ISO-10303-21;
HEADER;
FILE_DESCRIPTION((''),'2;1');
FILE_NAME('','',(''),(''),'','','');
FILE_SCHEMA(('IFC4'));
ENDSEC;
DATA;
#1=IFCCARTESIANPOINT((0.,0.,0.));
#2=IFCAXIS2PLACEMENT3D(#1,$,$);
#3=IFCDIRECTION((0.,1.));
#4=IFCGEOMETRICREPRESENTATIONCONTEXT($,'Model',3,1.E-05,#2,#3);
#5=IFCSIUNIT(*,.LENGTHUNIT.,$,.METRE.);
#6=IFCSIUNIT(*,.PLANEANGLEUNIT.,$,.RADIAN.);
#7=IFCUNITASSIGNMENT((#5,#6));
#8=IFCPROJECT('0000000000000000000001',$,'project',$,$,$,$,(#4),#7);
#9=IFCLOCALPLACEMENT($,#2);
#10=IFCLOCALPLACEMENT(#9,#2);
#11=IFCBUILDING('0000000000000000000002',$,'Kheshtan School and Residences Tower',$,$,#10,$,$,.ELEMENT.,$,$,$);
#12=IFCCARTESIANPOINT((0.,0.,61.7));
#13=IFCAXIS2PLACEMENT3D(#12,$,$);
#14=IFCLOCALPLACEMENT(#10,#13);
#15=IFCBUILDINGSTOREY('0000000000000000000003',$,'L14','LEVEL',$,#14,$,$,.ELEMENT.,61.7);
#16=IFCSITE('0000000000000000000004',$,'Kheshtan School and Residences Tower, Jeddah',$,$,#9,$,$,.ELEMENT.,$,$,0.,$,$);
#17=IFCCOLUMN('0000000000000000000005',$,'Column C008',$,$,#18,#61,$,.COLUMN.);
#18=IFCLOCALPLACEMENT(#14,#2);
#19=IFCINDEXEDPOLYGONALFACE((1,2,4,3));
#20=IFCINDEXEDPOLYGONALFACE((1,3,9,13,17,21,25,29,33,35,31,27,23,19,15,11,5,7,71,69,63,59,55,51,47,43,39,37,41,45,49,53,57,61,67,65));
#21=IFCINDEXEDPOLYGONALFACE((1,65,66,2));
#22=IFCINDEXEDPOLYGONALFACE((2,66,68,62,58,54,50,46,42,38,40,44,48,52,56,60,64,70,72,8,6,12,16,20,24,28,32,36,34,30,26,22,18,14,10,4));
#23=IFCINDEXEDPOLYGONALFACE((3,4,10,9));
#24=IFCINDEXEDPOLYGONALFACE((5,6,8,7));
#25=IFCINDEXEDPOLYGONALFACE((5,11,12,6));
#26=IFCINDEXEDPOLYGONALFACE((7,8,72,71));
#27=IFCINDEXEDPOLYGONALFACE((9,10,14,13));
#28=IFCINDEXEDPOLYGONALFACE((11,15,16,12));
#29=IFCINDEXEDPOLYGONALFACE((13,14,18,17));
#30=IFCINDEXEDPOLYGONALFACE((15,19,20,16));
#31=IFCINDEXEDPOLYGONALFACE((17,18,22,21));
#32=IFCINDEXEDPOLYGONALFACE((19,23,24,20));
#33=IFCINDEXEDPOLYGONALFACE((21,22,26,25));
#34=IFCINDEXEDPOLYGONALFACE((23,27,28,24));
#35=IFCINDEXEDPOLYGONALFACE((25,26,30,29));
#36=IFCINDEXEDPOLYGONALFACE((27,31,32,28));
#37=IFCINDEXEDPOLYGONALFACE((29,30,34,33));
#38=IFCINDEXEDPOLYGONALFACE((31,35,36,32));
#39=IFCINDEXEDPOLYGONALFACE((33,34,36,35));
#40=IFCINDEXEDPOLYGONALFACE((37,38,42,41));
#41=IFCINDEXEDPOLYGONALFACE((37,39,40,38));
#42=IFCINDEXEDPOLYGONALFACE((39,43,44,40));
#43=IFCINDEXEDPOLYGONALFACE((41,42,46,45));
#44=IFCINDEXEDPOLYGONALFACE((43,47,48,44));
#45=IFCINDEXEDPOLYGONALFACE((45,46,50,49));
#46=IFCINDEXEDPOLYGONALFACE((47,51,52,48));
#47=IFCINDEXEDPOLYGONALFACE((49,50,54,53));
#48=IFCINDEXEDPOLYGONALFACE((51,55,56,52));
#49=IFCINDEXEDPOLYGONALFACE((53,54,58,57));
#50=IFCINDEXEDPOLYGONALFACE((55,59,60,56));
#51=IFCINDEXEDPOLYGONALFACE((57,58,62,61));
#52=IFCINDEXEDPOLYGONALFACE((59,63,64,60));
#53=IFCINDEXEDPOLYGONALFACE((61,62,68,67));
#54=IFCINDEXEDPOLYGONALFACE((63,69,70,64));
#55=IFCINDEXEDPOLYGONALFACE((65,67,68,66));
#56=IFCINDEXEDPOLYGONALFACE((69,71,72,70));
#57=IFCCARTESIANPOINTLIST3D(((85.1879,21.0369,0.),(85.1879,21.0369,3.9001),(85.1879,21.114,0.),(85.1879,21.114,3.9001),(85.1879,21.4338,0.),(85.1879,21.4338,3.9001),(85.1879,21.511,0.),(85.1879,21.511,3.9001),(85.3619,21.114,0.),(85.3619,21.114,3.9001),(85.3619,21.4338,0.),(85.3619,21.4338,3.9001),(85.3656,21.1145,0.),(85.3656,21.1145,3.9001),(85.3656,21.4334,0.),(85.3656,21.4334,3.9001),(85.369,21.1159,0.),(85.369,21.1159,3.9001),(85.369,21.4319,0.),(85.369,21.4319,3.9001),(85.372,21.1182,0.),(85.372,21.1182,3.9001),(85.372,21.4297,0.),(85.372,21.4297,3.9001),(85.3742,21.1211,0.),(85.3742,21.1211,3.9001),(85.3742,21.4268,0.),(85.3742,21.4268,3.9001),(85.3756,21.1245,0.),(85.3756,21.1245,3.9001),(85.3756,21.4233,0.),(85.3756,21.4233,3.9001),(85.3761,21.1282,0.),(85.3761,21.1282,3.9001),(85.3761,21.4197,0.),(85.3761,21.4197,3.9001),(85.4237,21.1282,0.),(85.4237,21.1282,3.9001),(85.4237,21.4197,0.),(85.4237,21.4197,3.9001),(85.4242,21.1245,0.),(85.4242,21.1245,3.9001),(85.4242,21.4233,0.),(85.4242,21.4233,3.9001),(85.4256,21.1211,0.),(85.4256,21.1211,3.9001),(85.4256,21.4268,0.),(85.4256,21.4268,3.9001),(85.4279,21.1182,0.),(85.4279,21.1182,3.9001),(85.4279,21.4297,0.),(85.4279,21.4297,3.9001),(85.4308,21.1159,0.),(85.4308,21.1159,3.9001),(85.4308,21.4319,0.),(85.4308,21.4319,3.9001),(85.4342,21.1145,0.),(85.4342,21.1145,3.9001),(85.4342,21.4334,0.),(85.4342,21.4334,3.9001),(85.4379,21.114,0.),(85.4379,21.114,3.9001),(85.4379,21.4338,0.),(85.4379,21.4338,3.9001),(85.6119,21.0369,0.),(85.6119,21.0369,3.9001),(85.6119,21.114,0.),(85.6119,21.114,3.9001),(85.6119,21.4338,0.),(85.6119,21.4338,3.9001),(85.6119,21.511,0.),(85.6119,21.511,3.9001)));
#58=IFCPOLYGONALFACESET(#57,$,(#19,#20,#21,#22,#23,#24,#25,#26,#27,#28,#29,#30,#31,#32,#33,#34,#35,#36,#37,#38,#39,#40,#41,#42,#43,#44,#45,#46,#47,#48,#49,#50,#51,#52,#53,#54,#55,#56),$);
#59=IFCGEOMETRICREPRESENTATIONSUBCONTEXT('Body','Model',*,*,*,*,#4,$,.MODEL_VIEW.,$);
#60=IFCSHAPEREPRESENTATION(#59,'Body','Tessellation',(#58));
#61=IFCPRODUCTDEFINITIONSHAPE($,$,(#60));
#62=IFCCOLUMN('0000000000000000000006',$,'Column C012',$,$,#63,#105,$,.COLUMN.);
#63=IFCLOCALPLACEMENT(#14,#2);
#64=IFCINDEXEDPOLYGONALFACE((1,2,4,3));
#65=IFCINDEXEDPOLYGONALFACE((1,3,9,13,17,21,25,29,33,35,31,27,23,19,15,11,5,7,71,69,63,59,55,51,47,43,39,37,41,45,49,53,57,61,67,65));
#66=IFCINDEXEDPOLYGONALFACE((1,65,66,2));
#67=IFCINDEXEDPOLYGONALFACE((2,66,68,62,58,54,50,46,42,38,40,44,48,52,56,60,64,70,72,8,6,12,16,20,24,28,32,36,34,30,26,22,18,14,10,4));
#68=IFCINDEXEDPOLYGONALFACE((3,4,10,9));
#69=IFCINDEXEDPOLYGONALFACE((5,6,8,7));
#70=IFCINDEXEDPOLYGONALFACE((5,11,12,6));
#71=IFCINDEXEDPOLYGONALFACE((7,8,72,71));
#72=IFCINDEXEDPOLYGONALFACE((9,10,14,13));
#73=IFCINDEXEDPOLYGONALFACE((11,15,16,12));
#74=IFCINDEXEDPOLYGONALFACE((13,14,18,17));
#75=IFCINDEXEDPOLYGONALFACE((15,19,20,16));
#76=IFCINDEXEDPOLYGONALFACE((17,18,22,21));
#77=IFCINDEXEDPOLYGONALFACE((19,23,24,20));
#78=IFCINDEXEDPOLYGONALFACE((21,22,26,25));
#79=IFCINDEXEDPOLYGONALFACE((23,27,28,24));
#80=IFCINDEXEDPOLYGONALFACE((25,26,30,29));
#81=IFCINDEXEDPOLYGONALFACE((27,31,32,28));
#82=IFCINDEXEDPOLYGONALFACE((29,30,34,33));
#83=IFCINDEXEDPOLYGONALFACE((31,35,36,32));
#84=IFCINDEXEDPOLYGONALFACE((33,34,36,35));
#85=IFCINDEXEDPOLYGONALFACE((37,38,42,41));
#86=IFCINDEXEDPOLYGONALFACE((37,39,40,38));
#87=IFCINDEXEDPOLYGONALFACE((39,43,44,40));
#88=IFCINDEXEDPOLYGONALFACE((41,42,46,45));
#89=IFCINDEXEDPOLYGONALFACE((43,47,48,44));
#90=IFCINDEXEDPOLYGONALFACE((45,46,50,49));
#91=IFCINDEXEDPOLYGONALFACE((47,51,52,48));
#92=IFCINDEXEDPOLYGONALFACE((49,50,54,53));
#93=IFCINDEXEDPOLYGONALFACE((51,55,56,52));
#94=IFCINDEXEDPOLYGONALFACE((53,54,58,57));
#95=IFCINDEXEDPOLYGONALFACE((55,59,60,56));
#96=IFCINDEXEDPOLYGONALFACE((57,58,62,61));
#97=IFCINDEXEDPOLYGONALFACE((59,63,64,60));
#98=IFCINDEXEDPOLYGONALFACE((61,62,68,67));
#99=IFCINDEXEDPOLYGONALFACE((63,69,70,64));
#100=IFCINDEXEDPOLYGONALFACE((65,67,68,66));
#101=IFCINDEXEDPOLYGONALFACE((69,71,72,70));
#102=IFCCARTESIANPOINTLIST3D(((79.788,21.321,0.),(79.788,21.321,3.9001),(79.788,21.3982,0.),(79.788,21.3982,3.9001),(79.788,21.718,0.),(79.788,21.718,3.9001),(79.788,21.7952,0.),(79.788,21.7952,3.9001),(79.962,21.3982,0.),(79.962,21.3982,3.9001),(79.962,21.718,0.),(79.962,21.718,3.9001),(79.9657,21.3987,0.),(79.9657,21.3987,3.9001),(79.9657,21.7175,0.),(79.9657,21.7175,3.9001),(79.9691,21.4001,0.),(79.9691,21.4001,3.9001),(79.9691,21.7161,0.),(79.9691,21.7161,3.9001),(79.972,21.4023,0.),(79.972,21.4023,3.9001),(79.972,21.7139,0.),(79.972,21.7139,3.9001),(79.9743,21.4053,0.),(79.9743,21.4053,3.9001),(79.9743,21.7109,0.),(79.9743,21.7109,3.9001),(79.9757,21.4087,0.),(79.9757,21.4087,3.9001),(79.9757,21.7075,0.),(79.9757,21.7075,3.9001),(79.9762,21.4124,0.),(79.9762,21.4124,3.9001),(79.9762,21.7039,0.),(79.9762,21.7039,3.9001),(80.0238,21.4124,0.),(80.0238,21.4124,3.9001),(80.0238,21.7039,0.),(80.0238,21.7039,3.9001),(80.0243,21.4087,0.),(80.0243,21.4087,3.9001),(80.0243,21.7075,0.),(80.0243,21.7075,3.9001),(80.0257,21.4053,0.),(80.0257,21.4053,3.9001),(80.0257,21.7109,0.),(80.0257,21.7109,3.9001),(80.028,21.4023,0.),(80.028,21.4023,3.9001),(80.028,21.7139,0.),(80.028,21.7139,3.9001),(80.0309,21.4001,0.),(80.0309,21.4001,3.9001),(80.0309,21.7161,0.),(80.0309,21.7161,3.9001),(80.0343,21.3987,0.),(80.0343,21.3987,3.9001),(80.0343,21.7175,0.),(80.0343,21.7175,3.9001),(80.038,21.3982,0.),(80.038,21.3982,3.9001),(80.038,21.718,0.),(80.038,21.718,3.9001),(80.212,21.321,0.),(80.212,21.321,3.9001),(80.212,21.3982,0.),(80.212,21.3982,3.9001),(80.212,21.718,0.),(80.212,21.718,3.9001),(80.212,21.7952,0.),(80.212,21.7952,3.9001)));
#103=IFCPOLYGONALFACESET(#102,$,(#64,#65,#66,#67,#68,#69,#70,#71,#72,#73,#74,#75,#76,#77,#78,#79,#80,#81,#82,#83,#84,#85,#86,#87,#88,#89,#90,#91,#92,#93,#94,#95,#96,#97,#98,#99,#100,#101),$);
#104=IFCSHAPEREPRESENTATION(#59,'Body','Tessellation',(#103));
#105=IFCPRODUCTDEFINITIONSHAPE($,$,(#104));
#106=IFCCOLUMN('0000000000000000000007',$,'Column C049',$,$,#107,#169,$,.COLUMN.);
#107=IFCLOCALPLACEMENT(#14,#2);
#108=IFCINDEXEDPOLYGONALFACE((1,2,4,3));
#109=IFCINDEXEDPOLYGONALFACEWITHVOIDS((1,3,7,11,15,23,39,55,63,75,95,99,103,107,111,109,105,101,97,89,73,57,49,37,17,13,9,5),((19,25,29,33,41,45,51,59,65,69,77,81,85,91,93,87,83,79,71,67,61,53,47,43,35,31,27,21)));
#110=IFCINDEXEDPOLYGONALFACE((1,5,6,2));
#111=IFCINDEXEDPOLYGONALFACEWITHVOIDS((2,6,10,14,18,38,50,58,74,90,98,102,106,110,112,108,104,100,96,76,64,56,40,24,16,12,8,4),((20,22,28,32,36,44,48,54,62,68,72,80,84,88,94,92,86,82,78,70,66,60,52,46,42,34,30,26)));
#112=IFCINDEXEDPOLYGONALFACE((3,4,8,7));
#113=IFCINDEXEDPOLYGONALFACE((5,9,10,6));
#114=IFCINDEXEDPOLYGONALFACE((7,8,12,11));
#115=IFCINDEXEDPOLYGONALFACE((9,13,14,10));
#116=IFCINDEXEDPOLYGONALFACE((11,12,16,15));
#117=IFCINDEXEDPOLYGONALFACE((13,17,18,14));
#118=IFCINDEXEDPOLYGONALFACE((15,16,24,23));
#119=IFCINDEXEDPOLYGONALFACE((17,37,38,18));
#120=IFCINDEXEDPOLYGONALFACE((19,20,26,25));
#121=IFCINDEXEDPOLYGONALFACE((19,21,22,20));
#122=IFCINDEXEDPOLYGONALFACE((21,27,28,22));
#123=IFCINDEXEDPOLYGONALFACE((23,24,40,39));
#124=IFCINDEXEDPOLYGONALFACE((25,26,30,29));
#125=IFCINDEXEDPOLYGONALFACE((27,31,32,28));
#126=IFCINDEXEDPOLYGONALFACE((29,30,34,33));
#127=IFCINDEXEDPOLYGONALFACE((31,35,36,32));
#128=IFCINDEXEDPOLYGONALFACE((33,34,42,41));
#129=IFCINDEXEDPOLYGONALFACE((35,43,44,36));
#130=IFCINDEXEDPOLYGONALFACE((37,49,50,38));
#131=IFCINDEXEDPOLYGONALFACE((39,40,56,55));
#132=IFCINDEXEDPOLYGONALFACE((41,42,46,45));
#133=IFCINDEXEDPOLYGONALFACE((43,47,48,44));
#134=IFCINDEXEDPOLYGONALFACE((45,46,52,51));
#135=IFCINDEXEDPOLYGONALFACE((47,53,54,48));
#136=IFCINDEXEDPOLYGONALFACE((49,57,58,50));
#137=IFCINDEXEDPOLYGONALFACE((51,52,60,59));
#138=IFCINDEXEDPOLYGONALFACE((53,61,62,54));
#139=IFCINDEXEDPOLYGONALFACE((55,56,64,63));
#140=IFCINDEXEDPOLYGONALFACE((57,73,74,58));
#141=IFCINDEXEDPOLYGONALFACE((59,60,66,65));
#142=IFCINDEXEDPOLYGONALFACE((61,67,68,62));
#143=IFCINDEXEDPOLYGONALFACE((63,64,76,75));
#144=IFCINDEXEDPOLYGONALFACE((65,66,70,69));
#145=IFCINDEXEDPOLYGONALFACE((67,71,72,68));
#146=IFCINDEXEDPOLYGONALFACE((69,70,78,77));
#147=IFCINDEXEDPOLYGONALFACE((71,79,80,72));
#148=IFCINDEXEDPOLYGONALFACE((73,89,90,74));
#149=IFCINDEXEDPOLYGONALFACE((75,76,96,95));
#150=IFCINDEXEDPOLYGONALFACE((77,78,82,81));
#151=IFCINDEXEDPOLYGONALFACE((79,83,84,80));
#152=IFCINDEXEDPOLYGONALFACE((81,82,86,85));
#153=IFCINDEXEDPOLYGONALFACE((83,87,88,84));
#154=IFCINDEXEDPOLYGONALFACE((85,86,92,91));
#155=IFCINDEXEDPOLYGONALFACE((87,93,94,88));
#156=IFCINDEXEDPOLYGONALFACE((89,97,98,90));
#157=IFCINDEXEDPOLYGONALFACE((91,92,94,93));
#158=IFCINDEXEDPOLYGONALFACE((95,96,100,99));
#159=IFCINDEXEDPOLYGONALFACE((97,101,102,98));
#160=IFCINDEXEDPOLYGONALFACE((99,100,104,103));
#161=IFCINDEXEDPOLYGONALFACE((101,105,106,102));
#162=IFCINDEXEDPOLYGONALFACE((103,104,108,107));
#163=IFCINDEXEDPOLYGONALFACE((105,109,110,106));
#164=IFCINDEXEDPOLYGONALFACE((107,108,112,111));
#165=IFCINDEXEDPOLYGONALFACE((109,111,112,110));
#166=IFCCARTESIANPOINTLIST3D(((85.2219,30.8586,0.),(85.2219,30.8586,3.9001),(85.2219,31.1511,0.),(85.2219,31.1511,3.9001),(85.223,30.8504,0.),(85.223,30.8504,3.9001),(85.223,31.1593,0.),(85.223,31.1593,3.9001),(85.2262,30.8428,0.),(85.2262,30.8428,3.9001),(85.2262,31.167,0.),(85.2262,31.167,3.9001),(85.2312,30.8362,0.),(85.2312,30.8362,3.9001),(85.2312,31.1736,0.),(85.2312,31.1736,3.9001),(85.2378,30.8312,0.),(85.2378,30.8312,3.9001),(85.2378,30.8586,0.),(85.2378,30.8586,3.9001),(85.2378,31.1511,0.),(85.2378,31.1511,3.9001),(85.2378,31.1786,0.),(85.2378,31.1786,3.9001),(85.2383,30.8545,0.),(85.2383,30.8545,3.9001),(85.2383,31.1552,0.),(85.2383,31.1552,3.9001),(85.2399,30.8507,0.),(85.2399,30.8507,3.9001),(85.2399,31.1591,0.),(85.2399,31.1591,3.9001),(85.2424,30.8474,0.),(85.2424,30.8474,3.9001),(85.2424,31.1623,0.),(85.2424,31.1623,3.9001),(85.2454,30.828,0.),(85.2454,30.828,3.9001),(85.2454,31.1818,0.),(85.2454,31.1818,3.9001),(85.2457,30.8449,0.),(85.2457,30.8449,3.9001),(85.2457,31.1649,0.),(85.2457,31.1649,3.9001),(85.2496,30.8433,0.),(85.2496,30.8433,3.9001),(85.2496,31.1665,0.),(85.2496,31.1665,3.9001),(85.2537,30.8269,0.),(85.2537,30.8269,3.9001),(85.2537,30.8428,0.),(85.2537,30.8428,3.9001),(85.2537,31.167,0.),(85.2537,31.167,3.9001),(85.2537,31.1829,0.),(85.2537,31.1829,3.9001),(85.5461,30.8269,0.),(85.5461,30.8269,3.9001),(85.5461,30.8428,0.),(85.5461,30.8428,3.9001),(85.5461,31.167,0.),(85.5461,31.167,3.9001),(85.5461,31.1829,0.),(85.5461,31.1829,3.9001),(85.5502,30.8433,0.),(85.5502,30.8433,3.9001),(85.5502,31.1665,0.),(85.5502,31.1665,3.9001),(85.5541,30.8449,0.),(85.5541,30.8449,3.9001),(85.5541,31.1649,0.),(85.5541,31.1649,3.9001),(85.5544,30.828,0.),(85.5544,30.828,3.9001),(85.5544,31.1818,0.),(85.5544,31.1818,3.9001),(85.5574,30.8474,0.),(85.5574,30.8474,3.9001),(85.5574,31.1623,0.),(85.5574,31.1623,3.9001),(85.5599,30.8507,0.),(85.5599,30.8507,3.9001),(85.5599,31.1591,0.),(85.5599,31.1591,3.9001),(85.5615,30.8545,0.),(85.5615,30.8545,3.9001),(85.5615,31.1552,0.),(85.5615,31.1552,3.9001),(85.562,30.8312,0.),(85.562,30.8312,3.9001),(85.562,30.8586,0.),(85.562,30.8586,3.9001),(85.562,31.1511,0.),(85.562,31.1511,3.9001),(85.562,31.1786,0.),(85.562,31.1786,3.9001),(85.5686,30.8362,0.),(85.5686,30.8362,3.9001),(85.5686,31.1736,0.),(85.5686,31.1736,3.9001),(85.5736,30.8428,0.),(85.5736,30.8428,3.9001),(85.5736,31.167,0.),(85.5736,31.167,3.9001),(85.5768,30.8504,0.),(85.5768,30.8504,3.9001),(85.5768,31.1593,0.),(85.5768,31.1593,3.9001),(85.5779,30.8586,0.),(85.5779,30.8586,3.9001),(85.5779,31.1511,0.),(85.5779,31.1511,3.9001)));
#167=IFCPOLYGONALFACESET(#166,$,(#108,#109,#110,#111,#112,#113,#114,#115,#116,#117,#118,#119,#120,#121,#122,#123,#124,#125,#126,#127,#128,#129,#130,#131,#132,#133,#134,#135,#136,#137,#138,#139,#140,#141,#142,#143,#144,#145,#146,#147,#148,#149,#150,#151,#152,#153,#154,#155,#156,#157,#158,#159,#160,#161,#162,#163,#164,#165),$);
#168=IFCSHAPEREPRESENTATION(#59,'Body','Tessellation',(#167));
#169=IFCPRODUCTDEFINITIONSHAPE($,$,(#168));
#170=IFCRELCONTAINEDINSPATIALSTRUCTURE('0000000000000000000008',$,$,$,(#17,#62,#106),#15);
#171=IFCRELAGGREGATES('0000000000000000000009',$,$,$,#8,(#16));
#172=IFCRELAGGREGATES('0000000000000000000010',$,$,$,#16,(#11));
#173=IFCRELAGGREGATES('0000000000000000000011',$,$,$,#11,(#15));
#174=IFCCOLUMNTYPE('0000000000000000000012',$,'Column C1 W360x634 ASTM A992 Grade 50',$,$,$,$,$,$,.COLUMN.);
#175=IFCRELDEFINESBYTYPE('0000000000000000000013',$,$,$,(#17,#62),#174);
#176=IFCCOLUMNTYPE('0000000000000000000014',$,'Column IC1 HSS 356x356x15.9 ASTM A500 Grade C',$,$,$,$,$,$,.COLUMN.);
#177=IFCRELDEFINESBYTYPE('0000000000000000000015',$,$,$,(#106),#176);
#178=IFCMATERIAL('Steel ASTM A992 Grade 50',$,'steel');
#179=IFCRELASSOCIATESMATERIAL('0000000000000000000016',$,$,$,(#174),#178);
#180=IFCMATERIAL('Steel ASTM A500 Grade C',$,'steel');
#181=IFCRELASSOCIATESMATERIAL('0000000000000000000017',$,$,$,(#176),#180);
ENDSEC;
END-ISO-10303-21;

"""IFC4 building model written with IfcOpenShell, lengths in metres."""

from ifc_helpers import new_model, si_unit, direction, frame, origin, origin_2d, place, context, subcontext, project, spatial, hollow_rectangle, i_section, extrude, material, material_profile, profile_set, type_object, element, save


model = new_model("IFC4")

# Units and contexts
model_context = context("Model", 3, precision=1e-05, world=origin(), true_north=direction((0.0, 1.0)))
body_context = subcontext(model_context, "Body", "Model", "MODEL_VIEW")
ifc_project = project(units=[si_unit("LENGTHUNIT", "METRE"), si_unit("PLANEANGLEUNIT", "RADIAN")], contexts=[model_context])

# Site, building, storey
site_placement = place(None, origin())
site = spatial("IfcSite", under=ifc_project, at=site_placement, Name="Kheshtan School and Residences Tower, Jeddah", CompositionType="ELEMENT", RefElevation=0.0)
building_placement = place(site_placement, origin())
building = spatial("IfcBuilding", under=site, at=building_placement, Name="Kheshtan School and Residences Tower", CompositionType="ELEMENT")
storey_placement = place(building_placement, frame((0.0, 0.0, 61.7)))
storey = spatial("IfcBuildingStorey", under=building, at=storey_placement, Name="L14", Description="LEVEL", CompositionType="ELEMENT", Elevation=61.7)

# Columns
ifc_material_1 = material(Name="Steel ASTM A992 Grade 50", Category="steel")
ifc_material_profile_1 = material_profile(ifc_material_1, i_section(OverallWidth=0.4241, OverallDepth=0.4741, WebThickness=0.0476, FlangeThickness=0.0771, FilletRadius=0.0142, at=origin_2d()), Name="W360x634")
ifc_profile_set_1 = profile_set([ifc_material_profile_1], Name="Steel ASTM A992 Grade 50")
column_type_1 = type_object("IfcColumnType", Name="Column C1 W360x634 ASTM A992 Grade 50", PredefinedType="COLUMN", material=ifc_profile_set_1)
for number, where, z_axis, x_axis, name in (
    (1, (85.3999, 21.2739, 0.0), (0.0, 0.0, 1.0), (1.0, 0.0, 0.0), "Column C008"),
    (2, (80.0, 21.5581, 0.0), (0.0, 0.0, 1.0), (1.0, 0.0, 0.0), "Column C012"),
):
    element("IfcColumn", number, at=place(storey_placement, frame(where, z_axis=z_axis, x_axis=x_axis)), inside=storey, type_object=column_type_1, Name=name, PredefinedType="COLUMN", context=body_context, shape_type="SweptSolid", body=[
        extrude(i_section(OverallWidth=0.4241, OverallDepth=0.4741, WebThickness=0.0476, FlangeThickness=0.0771, FilletRadius=0.0142, at=origin_2d()), origin(), (0.0, 0.0, 1.0), 3.9001),
    ])
ifc_material_2 = material(Name="Steel ASTM A500 Grade C", Category="steel")
ifc_material_profile_2 = material_profile(ifc_material_2, hollow_rectangle(XDim=0.356, YDim=0.356, WallThickness=0.0159, InnerFilletRadius=0.0159, OuterFilletRadius=0.0317, at=origin_2d()), Name="HSS 356x356x15.9")
ifc_profile_set_2 = profile_set([ifc_material_profile_2], Name="Steel ASTM A500 Grade C")
column_type_2 = type_object("IfcColumnType", Name="Column IC1 HSS 356x356x15.9 ASTM A500 Grade C", PredefinedType="COLUMN", material=ifc_profile_set_2)
column_placement = place(storey_placement, frame((85.3999, 31.0049, 0.0), z_axis=(0.0, 0.0, 1.0), x_axis=(1.0, 0.0, 0.0)))
element("IfcColumn", 3, at=column_placement, inside=storey, type_object=column_type_2, Name="Column C049", PredefinedType="COLUMN", context=body_context, shape_type="SweptSolid", body=[
    extrude(hollow_rectangle(XDim=0.356, YDim=0.356, WallThickness=0.0159, InnerFilletRadius=0.0159, OuterFilletRadius=0.0317, at=origin_2d()), origin(), (0.0, 0.0, 1.0), 3.9001),
])

save(model, "model.ifc")
